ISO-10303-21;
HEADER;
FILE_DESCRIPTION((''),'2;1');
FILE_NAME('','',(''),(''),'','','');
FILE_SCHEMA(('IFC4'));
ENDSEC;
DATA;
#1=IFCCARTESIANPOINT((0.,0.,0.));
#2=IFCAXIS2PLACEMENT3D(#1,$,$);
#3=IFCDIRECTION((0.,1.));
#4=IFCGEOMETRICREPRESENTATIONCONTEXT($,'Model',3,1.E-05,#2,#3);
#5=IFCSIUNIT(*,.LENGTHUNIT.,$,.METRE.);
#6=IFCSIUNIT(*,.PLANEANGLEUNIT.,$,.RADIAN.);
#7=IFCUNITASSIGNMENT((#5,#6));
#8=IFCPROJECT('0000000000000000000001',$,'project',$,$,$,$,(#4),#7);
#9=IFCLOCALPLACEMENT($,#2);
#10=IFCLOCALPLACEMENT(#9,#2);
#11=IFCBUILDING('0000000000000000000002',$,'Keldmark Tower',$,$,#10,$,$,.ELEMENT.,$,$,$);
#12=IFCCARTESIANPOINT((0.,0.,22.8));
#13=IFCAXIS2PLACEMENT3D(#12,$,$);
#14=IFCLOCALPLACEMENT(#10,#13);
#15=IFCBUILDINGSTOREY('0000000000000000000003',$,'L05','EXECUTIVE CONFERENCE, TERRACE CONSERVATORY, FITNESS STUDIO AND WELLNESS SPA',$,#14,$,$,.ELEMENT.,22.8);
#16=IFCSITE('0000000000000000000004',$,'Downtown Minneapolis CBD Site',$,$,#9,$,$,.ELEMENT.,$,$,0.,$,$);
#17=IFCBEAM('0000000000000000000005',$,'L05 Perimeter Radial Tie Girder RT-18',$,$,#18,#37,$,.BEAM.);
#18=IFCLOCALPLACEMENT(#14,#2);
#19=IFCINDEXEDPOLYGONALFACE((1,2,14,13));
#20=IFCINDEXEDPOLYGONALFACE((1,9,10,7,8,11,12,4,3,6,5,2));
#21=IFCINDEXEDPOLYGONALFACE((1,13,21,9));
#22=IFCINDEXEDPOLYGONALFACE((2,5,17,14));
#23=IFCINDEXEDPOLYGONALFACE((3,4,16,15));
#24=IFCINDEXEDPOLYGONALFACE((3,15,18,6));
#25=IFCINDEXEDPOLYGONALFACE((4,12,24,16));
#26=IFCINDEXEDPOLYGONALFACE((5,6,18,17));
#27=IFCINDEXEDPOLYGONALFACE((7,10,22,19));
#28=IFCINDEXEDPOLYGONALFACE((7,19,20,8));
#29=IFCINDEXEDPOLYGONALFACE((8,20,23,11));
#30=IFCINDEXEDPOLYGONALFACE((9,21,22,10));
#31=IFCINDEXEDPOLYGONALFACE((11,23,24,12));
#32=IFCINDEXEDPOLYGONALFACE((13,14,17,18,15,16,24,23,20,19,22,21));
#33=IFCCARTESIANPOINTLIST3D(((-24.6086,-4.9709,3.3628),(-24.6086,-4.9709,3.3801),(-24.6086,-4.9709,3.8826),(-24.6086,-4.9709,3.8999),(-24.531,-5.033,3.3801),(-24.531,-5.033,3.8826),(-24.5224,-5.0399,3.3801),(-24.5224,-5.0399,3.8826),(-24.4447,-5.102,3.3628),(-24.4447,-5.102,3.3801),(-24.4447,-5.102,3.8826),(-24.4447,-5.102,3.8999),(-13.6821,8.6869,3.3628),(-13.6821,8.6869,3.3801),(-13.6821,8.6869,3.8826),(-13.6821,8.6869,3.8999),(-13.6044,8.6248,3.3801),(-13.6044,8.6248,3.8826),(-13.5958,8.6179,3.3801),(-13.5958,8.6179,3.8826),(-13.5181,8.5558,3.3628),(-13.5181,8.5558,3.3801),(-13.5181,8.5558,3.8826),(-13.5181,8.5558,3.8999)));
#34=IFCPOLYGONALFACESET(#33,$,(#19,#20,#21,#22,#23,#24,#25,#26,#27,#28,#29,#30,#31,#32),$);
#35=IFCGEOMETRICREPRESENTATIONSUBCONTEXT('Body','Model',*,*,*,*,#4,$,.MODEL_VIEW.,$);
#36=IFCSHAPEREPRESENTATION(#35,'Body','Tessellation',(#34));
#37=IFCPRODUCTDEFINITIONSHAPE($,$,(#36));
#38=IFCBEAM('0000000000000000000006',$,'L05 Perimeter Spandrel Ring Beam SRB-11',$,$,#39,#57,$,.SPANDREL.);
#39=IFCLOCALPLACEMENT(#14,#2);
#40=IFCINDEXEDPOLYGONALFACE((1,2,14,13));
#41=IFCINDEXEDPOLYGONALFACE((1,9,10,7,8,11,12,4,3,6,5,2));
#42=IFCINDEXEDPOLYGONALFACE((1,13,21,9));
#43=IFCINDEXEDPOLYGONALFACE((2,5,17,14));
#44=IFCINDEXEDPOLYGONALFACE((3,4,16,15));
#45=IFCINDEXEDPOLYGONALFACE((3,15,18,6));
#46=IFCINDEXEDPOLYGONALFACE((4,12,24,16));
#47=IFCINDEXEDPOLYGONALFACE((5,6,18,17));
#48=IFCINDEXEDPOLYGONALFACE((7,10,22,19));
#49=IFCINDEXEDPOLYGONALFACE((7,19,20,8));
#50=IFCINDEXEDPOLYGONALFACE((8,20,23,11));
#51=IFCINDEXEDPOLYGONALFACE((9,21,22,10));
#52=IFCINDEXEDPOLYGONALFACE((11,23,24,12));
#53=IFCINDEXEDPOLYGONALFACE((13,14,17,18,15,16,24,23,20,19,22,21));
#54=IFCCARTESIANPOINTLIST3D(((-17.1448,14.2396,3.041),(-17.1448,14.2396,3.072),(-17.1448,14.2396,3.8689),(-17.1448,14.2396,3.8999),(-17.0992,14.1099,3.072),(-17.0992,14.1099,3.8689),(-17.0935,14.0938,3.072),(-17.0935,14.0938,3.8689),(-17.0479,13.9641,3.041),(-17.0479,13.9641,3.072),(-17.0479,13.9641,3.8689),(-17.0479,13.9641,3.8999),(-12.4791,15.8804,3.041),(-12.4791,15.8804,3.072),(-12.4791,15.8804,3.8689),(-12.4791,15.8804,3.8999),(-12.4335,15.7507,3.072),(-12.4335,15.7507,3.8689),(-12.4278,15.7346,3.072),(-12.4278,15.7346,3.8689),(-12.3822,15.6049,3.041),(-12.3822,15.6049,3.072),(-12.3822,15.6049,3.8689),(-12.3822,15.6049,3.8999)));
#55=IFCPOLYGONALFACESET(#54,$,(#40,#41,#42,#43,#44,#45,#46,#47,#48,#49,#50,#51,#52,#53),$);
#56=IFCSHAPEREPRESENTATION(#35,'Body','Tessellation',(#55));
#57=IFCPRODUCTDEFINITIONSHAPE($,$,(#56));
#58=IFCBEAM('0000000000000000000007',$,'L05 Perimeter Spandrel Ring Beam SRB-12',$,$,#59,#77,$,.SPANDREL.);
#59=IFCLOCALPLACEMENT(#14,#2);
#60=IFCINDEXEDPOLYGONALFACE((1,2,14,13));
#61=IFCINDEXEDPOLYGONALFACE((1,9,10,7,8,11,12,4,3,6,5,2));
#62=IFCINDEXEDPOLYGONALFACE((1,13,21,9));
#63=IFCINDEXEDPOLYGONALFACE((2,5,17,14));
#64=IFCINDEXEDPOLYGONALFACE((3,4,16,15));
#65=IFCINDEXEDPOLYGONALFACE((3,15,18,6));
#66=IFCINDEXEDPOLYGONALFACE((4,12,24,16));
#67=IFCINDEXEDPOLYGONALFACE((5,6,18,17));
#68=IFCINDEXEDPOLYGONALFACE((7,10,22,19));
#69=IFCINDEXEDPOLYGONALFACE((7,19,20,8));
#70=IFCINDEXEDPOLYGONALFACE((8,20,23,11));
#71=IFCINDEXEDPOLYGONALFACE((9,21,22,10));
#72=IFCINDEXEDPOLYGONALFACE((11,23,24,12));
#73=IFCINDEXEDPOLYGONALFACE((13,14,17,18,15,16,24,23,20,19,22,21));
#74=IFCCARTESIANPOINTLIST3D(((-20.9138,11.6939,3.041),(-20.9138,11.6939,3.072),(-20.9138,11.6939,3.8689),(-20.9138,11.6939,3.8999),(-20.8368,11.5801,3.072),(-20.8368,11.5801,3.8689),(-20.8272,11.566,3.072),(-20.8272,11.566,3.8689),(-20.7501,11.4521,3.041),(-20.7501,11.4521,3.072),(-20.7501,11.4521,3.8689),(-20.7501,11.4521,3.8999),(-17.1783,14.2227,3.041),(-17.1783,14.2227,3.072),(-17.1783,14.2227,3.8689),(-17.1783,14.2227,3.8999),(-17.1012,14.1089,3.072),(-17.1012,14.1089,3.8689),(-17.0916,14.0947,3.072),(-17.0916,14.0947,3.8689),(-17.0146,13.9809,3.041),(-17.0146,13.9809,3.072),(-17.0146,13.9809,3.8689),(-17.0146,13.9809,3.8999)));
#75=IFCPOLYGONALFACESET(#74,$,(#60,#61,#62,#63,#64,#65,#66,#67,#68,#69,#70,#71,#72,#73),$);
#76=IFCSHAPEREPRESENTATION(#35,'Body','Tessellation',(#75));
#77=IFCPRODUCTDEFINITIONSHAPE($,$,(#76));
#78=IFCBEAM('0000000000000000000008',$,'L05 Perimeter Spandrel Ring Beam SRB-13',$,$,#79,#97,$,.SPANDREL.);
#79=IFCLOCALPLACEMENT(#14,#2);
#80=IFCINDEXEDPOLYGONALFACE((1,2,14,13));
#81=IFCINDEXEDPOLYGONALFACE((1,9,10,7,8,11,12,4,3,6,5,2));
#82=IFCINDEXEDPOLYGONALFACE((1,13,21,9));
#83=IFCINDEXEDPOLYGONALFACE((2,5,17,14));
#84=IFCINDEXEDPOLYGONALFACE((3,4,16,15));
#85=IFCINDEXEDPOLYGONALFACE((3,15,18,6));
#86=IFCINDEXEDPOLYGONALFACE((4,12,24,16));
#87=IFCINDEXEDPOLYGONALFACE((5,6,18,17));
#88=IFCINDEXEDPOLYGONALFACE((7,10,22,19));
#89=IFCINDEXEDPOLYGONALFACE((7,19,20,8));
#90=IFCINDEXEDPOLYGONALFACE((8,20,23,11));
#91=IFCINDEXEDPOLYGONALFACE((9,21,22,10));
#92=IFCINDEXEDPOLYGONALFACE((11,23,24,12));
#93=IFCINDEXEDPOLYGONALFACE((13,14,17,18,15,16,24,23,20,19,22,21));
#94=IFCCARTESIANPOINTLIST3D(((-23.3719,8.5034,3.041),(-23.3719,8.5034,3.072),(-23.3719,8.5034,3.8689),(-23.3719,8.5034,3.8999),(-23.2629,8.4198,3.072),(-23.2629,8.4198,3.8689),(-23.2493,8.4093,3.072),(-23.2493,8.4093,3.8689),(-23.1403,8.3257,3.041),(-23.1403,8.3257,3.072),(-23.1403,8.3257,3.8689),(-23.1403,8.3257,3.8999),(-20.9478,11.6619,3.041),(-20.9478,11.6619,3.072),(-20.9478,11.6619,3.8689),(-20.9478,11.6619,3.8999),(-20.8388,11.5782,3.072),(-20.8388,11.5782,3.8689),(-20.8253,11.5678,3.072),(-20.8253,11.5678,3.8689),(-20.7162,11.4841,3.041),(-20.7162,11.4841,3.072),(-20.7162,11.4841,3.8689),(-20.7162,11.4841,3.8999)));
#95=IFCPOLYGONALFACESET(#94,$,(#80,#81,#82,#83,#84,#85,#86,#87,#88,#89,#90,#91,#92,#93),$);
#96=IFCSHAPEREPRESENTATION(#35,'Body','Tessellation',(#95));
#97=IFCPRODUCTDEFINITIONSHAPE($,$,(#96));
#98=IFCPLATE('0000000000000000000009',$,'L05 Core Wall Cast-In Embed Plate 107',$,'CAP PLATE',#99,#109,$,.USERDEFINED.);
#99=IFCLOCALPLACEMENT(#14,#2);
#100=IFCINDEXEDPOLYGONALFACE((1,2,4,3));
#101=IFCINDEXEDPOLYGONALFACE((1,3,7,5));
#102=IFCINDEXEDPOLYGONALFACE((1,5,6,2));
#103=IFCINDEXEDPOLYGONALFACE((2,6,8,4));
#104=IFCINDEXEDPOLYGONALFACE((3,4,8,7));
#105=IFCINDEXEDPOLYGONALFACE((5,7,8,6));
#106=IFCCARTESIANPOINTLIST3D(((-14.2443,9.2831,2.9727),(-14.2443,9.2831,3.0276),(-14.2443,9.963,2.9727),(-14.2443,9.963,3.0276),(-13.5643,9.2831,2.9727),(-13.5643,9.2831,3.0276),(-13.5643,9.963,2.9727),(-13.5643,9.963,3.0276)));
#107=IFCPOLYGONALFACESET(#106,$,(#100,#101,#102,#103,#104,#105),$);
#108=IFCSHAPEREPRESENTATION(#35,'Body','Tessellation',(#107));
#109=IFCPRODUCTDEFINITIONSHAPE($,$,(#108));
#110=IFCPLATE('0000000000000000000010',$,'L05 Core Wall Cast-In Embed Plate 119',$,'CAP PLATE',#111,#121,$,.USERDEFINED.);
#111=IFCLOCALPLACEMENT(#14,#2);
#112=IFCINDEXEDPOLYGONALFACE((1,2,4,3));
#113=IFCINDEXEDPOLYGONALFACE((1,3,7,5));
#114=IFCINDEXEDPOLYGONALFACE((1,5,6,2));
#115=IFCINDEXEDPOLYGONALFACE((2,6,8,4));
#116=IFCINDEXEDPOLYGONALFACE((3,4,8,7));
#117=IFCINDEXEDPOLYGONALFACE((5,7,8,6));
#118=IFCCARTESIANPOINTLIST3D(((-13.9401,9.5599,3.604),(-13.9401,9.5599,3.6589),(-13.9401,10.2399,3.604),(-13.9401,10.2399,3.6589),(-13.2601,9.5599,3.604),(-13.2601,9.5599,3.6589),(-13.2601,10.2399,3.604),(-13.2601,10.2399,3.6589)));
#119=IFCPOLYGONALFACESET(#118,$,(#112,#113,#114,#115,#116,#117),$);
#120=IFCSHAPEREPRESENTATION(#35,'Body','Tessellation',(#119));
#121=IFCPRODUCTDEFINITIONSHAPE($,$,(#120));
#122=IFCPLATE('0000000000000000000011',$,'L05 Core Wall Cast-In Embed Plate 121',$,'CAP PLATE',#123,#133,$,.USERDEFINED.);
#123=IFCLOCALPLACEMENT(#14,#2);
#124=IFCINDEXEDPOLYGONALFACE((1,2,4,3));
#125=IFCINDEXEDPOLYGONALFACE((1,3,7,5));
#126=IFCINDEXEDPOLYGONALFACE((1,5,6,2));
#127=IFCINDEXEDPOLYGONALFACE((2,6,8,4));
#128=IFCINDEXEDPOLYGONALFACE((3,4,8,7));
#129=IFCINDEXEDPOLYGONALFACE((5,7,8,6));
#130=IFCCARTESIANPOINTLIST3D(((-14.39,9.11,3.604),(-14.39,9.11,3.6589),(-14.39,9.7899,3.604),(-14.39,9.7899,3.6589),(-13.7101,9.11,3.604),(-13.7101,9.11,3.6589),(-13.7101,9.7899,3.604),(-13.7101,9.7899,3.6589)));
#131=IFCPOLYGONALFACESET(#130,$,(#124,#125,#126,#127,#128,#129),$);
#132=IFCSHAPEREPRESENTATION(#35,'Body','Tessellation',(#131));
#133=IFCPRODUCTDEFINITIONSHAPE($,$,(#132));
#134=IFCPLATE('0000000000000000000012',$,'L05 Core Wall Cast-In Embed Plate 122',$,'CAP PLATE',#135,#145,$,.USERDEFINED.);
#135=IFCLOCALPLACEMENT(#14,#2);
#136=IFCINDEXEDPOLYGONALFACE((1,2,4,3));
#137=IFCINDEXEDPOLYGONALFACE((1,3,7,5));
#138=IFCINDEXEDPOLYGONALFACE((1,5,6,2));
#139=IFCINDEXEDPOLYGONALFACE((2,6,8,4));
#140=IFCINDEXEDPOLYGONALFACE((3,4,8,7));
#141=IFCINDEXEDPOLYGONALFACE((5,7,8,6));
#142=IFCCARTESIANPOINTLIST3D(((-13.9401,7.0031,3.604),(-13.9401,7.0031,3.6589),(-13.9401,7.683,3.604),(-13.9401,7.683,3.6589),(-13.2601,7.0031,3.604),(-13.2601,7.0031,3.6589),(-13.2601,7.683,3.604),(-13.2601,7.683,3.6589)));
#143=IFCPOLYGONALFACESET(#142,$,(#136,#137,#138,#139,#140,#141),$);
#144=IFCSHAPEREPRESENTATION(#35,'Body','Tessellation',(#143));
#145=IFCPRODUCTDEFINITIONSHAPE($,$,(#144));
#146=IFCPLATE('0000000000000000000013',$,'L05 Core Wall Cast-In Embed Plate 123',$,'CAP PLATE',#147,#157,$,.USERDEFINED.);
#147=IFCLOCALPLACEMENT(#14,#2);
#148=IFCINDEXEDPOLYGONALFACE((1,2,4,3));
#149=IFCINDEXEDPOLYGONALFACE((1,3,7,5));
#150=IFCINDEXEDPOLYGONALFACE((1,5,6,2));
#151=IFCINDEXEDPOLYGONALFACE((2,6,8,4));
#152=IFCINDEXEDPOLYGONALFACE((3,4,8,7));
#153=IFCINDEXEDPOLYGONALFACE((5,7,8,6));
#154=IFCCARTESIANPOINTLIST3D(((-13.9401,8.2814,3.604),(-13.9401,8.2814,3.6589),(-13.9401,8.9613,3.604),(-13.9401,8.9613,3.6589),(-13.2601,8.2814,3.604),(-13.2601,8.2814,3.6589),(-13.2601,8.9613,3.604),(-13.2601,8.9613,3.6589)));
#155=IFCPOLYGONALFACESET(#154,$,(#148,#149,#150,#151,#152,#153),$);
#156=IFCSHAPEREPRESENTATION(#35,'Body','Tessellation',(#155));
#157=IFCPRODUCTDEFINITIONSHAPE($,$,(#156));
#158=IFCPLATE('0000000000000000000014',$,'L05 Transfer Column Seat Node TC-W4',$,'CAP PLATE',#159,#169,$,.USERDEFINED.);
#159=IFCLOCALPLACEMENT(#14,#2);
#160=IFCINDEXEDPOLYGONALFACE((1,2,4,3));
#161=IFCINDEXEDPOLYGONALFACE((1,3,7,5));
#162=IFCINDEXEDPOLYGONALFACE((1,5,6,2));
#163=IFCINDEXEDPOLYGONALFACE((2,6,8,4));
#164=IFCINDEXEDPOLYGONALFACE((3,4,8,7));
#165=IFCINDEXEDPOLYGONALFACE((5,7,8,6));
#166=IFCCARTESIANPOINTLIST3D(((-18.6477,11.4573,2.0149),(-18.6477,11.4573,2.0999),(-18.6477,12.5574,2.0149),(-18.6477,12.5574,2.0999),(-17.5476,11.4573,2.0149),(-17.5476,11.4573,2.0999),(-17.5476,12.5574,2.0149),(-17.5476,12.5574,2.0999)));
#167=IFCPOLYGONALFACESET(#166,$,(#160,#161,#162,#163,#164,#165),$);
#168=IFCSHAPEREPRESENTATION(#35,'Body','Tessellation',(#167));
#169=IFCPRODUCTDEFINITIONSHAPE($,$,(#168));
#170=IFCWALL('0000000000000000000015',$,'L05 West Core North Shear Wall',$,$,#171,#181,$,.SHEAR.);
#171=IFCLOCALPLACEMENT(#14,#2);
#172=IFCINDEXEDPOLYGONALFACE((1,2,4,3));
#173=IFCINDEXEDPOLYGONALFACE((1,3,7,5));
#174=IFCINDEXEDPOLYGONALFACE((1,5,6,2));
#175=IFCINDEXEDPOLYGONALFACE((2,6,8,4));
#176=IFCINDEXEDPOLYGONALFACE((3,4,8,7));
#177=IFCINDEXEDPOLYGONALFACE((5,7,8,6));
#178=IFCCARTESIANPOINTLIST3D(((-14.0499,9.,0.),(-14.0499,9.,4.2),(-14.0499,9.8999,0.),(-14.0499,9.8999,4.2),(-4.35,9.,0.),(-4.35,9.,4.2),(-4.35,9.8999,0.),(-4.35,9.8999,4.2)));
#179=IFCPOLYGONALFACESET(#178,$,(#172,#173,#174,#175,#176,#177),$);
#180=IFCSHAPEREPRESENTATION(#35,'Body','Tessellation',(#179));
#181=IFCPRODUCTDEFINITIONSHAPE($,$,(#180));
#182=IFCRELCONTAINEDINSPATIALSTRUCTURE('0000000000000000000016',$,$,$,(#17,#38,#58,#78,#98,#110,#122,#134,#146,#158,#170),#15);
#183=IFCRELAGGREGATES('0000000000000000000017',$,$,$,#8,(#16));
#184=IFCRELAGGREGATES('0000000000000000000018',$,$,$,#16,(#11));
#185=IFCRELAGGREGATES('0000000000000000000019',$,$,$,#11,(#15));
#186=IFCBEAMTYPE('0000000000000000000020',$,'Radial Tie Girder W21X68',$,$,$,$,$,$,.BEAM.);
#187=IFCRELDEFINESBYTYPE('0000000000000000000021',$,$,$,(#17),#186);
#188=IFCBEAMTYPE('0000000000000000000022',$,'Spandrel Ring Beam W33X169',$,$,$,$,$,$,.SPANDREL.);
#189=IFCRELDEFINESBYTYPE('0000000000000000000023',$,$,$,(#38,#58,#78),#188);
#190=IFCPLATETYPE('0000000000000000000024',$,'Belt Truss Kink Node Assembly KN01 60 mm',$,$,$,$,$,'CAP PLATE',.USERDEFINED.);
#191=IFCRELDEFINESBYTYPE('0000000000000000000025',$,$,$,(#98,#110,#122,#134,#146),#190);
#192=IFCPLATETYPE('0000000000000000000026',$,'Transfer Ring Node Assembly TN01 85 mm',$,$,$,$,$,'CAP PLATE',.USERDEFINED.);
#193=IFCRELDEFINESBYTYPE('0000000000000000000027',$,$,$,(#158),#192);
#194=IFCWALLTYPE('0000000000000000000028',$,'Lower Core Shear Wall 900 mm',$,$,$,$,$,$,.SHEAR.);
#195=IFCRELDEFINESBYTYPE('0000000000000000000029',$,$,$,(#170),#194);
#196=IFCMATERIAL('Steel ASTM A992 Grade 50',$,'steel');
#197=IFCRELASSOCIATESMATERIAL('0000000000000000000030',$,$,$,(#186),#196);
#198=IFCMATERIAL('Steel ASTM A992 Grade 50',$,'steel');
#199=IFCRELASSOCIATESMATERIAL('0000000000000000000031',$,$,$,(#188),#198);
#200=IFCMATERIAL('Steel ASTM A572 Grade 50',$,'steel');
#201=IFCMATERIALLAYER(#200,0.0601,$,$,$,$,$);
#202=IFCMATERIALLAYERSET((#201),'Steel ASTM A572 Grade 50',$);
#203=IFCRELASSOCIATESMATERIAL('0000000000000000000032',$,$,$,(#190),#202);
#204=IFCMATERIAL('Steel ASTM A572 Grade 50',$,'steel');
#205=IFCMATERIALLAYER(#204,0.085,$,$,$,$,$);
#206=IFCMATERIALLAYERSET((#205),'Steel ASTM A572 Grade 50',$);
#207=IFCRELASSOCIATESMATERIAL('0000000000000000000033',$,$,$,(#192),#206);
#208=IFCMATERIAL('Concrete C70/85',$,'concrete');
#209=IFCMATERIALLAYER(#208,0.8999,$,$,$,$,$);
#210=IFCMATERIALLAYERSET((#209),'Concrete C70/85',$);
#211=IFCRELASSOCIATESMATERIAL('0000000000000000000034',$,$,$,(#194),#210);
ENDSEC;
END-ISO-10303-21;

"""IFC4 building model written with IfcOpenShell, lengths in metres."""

from ifc_helpers import new_model, si_unit, direction, frame, frame_2d, origin, origin_2d, place, context, subcontext, project, spatial, rectangle, i_section, extrude, material, layer, layer_set, material_profile, profile_set, type_object, element, save


model = new_model("IFC4")

# Units and contexts
model_context = context("Model", 3, precision=1e-05, world=origin(), true_north=direction((0.0, 1.0)))
body_context = subcontext(model_context, "Body", "Model", "MODEL_VIEW")
ifc_project = project(units=[si_unit("LENGTHUNIT", "METRE"), si_unit("PLANEANGLEUNIT", "RADIAN")], contexts=[model_context])

# Site, building, storey
site_placement = place(None, origin())
site = spatial("IfcSite", under=ifc_project, at=site_placement, Name="Downtown Minneapolis CBD Site", CompositionType="ELEMENT", RefElevation=0.0)
building_placement = place(site_placement, origin())
building = spatial("IfcBuilding", under=site, at=building_placement, Name="Keldmark Tower", CompositionType="ELEMENT")
storey_placement = place(building_placement, frame((0.0, 0.0, 22.8)))
storey = spatial("IfcBuildingStorey", under=building, at=storey_placement, Name="L05", Description="EXECUTIVE CONFERENCE, TERRACE CONSERVATORY, FITNESS STUDIO AND WELLNESS SPA", CompositionType="ELEMENT", Elevation=22.8)

# Beams
ifc_material_1 = material(Name="Steel ASTM A992 Grade 50", Category="steel")
ifc_material_profile_1 = material_profile(ifc_material_1, i_section(OverallWidth=0.21, OverallDepth=0.5371, WebThickness=0.011, FlangeThickness=0.0173, at=origin_2d()), Name="W21X68")
ifc_profile_set_1 = profile_set([ifc_material_profile_1], Name="Steel ASTM A992 Grade 50")
beam_type_1 = type_object("IfcBeamType", Name="Radial Tie Girder W21X68", PredefinedType="BEAM", material=ifc_profile_set_1)
beam_1_placement = place(storey_placement, frame((-13.6001, 8.6213, 3.6313), z_axis=(-0.624707, -0.780859, 0.0), x_axis=(0.780859, -0.624707, 0.0)))
element("IfcBeam", 1, at=beam_1_placement, inside=storey, type_object=beam_type_1, Name="L05 Perimeter Radial Tie Girder RT-18", PredefinedType="BEAM", context=body_context, shape_type="SweptSolid", body=[
    extrude(i_section(OverallWidth=0.21, OverallDepth=0.5371, WebThickness=0.011, FlangeThickness=0.0173, at=origin_2d()), origin(), (0.0, 0.0, 1.0), 17.4907),
])
ifc_material_2 = material(Name="Steel ASTM A992 Grade 50", Category="steel")
ifc_material_profile_2 = material_profile(ifc_material_2, i_section(OverallWidth=0.292, OverallDepth=0.8589, WebThickness=0.0171, FlangeThickness=0.031, at=origin_2d()), Name="W33X169")
ifc_profile_set_2 = profile_set([ifc_material_profile_2], Name="Steel ASTM A992 Grade 50")
beam_type_2 = type_object("IfcBeamType", Name="Spandrel Ring Beam W33X169", PredefinedType="SPANDREL", material=ifc_profile_set_2)
beam_2_placement = place(storey_placement, frame((-12.4307, 15.7427, 3.4705), z_axis=(-0.943362, -0.331764, 0.0), x_axis=(0.331764, -0.943362, 0.0)))
element("IfcBeam", 2, at=beam_2_placement, inside=storey, type_object=beam_type_2, Name="L05 Perimeter Spandrel Ring Beam SRB-11", PredefinedType="SPANDREL", context=body_context, shape_type="SweptSolid", body=[
    extrude(i_section(OverallWidth=0.292, OverallDepth=0.8589, WebThickness=0.0171, FlangeThickness=0.031, at=origin_2d()), origin(), (0.0, 0.0, 1.0), 4.9458),
])
beam_3_placement = place(storey_placement, frame((-17.0964, 14.1018, 3.4705), z_axis=(-0.828099, -0.560581, 0.0), x_axis=(0.560581, -0.828099, 0.0)))
element("IfcBeam", 3, at=beam_3_placement, inside=storey, type_object=beam_type_2, Name="L05 Perimeter Spandrel Ring Beam SRB-12", PredefinedType="SPANDREL", context=body_context, shape_type="SweptSolid", body=[
    extrude(i_section(OverallWidth=0.292, OverallDepth=0.8589, WebThickness=0.0171, FlangeThickness=0.031, at=origin_2d()), origin(), (0.0, 0.0, 1.0), 4.511),
])
beam_4_placement = place(storey_placement, frame((-20.832, 11.573, 3.4705), z_axis=(-0.608842, -0.793291, 0.0), x_axis=(0.793291, -0.608842, 0.0)))
element("IfcBeam", 4, at=beam_4_placement, inside=storey, type_object=beam_type_2, Name="L05 Perimeter Spandrel Ring Beam SRB-13", PredefinedType="SPANDREL", context=body_context, shape_type="SweptSolid", body=[
    extrude(i_section(OverallWidth=0.292, OverallDepth=0.8589, WebThickness=0.0171, FlangeThickness=0.031, at=origin_2d()), origin(), (0.0, 0.0, 1.0), 3.9814),
])

# Plates
ifc_material_3 = material(Name="Steel ASTM A572 Grade 50", Category="steel")
ifc_layer_1 = layer(ifc_material_3, 0.0601)
ifc_layer_set_1 = layer_set([ifc_layer_1], Name="Steel ASTM A572 Grade 50")
plate_type_1 = type_object("IfcPlateType", Name="Belt Truss Kink Node Assembly KN01 60 mm", ElementType="CAP PLATE", PredefinedType="USERDEFINED", material=ifc_layer_set_1)
for number, where, z_axis, x_axis, name in (
    (5, (-13.9043, 9.623, 2.9727), (0.0, 0.0, 1.0), (1.0, 0.0, 0.0), "L05 Core Wall Cast-In Embed Plate 107"),
    (6, (-13.6001, 9.8999, 3.604), (0.0, 0.0, 1.0), (1.0, 0.0, 0.0), "L05 Core Wall Cast-In Embed Plate 119"),
    (7, (-14.05, 9.45, 3.604), (0.0, 0.0, 1.0), (1.0, 0.0, 0.0), "L05 Core Wall Cast-In Embed Plate 121"),
    (8, (-13.6001, 7.343, 3.604), (0.0, 0.0, 1.0), (1.0, 0.0, 0.0), "L05 Core Wall Cast-In Embed Plate 122"),
    (9, (-13.6001, 8.6213, 3.604), (0.0, 0.0, 1.0), (1.0, 0.0, 0.0), "L05 Core Wall Cast-In Embed Plate 123"),
):
    element("IfcPlate", number, at=place(storey_placement, frame(where, z_axis=z_axis, x_axis=x_axis)), inside=storey, type_object=plate_type_1, Name=name, ObjectType="CAP PLATE", PredefinedType="USERDEFINED", context=body_context, shape_type="SweptSolid", body=[
        extrude(rectangle(XDim=0.6799, YDim=0.6799, at=origin_2d()), origin(), (0.0, 0.0, 1.0), 0.0549),
    ])
ifc_material_4 = material(Name="Steel ASTM A572 Grade 50", Category="steel")
ifc_layer_2 = layer(ifc_material_4, 0.085)
ifc_layer_set_2 = layer_set([ifc_layer_2], Name="Steel ASTM A572 Grade 50")
plate_type_2 = type_object("IfcPlateType", Name="Transfer Ring Node Assembly TN01 85 mm", ElementType="CAP PLATE", PredefinedType="USERDEFINED", material=ifc_layer_set_2)
plate_placement = place(storey_placement, frame((-18.0977, 12.0073, 2.0149), z_axis=(0.0, 0.0, 1.0), x_axis=(1.0, 0.0, 0.0)))
element("IfcPlate", 10, at=plate_placement, inside=storey, type_object=plate_type_2, Name="L05 Transfer Column Seat Node TC-W4", ObjectType="CAP PLATE", PredefinedType="USERDEFINED", context=body_context, shape_type="SweptSolid", body=[
    extrude(rectangle(XDim=1.1001, YDim=1.1001, at=origin_2d()), origin(), (0.0, 0.0, 1.0), 0.085),
])

# Wall
ifc_material_5 = material(Name="Concrete C70/85", Category="concrete")
ifc_layer_3 = layer(ifc_material_5, 0.8999)
ifc_layer_set_3 = layer_set([ifc_layer_3], Name="Concrete C70/85")
wall_type_1 = type_object("IfcWallType", Name="Lower Core Shear Wall 900 mm", PredefinedType="SHEAR", material=ifc_layer_set_3)
wall_1_placement = place(storey_placement, frame((-14.05, 9.45, 0.0), z_axis=(0.0, 0.0, 1.0), x_axis=(1.0, 0.0, 0.0)))
element("IfcWall", 11, at=wall_1_placement, inside=storey, type_object=wall_type_1, Name="L05 West Core North Shear Wall", PredefinedType="SHEAR", context=body_context, shape_type="SweptSolid", body=[
    extrude(rectangle(XDim=9.7, YDim=0.8999, at=frame_2d((4.8501, 0.0))), origin(), (0.0, 0.0, 1.0), 4.2),
])

save(model, "model.ifc")
